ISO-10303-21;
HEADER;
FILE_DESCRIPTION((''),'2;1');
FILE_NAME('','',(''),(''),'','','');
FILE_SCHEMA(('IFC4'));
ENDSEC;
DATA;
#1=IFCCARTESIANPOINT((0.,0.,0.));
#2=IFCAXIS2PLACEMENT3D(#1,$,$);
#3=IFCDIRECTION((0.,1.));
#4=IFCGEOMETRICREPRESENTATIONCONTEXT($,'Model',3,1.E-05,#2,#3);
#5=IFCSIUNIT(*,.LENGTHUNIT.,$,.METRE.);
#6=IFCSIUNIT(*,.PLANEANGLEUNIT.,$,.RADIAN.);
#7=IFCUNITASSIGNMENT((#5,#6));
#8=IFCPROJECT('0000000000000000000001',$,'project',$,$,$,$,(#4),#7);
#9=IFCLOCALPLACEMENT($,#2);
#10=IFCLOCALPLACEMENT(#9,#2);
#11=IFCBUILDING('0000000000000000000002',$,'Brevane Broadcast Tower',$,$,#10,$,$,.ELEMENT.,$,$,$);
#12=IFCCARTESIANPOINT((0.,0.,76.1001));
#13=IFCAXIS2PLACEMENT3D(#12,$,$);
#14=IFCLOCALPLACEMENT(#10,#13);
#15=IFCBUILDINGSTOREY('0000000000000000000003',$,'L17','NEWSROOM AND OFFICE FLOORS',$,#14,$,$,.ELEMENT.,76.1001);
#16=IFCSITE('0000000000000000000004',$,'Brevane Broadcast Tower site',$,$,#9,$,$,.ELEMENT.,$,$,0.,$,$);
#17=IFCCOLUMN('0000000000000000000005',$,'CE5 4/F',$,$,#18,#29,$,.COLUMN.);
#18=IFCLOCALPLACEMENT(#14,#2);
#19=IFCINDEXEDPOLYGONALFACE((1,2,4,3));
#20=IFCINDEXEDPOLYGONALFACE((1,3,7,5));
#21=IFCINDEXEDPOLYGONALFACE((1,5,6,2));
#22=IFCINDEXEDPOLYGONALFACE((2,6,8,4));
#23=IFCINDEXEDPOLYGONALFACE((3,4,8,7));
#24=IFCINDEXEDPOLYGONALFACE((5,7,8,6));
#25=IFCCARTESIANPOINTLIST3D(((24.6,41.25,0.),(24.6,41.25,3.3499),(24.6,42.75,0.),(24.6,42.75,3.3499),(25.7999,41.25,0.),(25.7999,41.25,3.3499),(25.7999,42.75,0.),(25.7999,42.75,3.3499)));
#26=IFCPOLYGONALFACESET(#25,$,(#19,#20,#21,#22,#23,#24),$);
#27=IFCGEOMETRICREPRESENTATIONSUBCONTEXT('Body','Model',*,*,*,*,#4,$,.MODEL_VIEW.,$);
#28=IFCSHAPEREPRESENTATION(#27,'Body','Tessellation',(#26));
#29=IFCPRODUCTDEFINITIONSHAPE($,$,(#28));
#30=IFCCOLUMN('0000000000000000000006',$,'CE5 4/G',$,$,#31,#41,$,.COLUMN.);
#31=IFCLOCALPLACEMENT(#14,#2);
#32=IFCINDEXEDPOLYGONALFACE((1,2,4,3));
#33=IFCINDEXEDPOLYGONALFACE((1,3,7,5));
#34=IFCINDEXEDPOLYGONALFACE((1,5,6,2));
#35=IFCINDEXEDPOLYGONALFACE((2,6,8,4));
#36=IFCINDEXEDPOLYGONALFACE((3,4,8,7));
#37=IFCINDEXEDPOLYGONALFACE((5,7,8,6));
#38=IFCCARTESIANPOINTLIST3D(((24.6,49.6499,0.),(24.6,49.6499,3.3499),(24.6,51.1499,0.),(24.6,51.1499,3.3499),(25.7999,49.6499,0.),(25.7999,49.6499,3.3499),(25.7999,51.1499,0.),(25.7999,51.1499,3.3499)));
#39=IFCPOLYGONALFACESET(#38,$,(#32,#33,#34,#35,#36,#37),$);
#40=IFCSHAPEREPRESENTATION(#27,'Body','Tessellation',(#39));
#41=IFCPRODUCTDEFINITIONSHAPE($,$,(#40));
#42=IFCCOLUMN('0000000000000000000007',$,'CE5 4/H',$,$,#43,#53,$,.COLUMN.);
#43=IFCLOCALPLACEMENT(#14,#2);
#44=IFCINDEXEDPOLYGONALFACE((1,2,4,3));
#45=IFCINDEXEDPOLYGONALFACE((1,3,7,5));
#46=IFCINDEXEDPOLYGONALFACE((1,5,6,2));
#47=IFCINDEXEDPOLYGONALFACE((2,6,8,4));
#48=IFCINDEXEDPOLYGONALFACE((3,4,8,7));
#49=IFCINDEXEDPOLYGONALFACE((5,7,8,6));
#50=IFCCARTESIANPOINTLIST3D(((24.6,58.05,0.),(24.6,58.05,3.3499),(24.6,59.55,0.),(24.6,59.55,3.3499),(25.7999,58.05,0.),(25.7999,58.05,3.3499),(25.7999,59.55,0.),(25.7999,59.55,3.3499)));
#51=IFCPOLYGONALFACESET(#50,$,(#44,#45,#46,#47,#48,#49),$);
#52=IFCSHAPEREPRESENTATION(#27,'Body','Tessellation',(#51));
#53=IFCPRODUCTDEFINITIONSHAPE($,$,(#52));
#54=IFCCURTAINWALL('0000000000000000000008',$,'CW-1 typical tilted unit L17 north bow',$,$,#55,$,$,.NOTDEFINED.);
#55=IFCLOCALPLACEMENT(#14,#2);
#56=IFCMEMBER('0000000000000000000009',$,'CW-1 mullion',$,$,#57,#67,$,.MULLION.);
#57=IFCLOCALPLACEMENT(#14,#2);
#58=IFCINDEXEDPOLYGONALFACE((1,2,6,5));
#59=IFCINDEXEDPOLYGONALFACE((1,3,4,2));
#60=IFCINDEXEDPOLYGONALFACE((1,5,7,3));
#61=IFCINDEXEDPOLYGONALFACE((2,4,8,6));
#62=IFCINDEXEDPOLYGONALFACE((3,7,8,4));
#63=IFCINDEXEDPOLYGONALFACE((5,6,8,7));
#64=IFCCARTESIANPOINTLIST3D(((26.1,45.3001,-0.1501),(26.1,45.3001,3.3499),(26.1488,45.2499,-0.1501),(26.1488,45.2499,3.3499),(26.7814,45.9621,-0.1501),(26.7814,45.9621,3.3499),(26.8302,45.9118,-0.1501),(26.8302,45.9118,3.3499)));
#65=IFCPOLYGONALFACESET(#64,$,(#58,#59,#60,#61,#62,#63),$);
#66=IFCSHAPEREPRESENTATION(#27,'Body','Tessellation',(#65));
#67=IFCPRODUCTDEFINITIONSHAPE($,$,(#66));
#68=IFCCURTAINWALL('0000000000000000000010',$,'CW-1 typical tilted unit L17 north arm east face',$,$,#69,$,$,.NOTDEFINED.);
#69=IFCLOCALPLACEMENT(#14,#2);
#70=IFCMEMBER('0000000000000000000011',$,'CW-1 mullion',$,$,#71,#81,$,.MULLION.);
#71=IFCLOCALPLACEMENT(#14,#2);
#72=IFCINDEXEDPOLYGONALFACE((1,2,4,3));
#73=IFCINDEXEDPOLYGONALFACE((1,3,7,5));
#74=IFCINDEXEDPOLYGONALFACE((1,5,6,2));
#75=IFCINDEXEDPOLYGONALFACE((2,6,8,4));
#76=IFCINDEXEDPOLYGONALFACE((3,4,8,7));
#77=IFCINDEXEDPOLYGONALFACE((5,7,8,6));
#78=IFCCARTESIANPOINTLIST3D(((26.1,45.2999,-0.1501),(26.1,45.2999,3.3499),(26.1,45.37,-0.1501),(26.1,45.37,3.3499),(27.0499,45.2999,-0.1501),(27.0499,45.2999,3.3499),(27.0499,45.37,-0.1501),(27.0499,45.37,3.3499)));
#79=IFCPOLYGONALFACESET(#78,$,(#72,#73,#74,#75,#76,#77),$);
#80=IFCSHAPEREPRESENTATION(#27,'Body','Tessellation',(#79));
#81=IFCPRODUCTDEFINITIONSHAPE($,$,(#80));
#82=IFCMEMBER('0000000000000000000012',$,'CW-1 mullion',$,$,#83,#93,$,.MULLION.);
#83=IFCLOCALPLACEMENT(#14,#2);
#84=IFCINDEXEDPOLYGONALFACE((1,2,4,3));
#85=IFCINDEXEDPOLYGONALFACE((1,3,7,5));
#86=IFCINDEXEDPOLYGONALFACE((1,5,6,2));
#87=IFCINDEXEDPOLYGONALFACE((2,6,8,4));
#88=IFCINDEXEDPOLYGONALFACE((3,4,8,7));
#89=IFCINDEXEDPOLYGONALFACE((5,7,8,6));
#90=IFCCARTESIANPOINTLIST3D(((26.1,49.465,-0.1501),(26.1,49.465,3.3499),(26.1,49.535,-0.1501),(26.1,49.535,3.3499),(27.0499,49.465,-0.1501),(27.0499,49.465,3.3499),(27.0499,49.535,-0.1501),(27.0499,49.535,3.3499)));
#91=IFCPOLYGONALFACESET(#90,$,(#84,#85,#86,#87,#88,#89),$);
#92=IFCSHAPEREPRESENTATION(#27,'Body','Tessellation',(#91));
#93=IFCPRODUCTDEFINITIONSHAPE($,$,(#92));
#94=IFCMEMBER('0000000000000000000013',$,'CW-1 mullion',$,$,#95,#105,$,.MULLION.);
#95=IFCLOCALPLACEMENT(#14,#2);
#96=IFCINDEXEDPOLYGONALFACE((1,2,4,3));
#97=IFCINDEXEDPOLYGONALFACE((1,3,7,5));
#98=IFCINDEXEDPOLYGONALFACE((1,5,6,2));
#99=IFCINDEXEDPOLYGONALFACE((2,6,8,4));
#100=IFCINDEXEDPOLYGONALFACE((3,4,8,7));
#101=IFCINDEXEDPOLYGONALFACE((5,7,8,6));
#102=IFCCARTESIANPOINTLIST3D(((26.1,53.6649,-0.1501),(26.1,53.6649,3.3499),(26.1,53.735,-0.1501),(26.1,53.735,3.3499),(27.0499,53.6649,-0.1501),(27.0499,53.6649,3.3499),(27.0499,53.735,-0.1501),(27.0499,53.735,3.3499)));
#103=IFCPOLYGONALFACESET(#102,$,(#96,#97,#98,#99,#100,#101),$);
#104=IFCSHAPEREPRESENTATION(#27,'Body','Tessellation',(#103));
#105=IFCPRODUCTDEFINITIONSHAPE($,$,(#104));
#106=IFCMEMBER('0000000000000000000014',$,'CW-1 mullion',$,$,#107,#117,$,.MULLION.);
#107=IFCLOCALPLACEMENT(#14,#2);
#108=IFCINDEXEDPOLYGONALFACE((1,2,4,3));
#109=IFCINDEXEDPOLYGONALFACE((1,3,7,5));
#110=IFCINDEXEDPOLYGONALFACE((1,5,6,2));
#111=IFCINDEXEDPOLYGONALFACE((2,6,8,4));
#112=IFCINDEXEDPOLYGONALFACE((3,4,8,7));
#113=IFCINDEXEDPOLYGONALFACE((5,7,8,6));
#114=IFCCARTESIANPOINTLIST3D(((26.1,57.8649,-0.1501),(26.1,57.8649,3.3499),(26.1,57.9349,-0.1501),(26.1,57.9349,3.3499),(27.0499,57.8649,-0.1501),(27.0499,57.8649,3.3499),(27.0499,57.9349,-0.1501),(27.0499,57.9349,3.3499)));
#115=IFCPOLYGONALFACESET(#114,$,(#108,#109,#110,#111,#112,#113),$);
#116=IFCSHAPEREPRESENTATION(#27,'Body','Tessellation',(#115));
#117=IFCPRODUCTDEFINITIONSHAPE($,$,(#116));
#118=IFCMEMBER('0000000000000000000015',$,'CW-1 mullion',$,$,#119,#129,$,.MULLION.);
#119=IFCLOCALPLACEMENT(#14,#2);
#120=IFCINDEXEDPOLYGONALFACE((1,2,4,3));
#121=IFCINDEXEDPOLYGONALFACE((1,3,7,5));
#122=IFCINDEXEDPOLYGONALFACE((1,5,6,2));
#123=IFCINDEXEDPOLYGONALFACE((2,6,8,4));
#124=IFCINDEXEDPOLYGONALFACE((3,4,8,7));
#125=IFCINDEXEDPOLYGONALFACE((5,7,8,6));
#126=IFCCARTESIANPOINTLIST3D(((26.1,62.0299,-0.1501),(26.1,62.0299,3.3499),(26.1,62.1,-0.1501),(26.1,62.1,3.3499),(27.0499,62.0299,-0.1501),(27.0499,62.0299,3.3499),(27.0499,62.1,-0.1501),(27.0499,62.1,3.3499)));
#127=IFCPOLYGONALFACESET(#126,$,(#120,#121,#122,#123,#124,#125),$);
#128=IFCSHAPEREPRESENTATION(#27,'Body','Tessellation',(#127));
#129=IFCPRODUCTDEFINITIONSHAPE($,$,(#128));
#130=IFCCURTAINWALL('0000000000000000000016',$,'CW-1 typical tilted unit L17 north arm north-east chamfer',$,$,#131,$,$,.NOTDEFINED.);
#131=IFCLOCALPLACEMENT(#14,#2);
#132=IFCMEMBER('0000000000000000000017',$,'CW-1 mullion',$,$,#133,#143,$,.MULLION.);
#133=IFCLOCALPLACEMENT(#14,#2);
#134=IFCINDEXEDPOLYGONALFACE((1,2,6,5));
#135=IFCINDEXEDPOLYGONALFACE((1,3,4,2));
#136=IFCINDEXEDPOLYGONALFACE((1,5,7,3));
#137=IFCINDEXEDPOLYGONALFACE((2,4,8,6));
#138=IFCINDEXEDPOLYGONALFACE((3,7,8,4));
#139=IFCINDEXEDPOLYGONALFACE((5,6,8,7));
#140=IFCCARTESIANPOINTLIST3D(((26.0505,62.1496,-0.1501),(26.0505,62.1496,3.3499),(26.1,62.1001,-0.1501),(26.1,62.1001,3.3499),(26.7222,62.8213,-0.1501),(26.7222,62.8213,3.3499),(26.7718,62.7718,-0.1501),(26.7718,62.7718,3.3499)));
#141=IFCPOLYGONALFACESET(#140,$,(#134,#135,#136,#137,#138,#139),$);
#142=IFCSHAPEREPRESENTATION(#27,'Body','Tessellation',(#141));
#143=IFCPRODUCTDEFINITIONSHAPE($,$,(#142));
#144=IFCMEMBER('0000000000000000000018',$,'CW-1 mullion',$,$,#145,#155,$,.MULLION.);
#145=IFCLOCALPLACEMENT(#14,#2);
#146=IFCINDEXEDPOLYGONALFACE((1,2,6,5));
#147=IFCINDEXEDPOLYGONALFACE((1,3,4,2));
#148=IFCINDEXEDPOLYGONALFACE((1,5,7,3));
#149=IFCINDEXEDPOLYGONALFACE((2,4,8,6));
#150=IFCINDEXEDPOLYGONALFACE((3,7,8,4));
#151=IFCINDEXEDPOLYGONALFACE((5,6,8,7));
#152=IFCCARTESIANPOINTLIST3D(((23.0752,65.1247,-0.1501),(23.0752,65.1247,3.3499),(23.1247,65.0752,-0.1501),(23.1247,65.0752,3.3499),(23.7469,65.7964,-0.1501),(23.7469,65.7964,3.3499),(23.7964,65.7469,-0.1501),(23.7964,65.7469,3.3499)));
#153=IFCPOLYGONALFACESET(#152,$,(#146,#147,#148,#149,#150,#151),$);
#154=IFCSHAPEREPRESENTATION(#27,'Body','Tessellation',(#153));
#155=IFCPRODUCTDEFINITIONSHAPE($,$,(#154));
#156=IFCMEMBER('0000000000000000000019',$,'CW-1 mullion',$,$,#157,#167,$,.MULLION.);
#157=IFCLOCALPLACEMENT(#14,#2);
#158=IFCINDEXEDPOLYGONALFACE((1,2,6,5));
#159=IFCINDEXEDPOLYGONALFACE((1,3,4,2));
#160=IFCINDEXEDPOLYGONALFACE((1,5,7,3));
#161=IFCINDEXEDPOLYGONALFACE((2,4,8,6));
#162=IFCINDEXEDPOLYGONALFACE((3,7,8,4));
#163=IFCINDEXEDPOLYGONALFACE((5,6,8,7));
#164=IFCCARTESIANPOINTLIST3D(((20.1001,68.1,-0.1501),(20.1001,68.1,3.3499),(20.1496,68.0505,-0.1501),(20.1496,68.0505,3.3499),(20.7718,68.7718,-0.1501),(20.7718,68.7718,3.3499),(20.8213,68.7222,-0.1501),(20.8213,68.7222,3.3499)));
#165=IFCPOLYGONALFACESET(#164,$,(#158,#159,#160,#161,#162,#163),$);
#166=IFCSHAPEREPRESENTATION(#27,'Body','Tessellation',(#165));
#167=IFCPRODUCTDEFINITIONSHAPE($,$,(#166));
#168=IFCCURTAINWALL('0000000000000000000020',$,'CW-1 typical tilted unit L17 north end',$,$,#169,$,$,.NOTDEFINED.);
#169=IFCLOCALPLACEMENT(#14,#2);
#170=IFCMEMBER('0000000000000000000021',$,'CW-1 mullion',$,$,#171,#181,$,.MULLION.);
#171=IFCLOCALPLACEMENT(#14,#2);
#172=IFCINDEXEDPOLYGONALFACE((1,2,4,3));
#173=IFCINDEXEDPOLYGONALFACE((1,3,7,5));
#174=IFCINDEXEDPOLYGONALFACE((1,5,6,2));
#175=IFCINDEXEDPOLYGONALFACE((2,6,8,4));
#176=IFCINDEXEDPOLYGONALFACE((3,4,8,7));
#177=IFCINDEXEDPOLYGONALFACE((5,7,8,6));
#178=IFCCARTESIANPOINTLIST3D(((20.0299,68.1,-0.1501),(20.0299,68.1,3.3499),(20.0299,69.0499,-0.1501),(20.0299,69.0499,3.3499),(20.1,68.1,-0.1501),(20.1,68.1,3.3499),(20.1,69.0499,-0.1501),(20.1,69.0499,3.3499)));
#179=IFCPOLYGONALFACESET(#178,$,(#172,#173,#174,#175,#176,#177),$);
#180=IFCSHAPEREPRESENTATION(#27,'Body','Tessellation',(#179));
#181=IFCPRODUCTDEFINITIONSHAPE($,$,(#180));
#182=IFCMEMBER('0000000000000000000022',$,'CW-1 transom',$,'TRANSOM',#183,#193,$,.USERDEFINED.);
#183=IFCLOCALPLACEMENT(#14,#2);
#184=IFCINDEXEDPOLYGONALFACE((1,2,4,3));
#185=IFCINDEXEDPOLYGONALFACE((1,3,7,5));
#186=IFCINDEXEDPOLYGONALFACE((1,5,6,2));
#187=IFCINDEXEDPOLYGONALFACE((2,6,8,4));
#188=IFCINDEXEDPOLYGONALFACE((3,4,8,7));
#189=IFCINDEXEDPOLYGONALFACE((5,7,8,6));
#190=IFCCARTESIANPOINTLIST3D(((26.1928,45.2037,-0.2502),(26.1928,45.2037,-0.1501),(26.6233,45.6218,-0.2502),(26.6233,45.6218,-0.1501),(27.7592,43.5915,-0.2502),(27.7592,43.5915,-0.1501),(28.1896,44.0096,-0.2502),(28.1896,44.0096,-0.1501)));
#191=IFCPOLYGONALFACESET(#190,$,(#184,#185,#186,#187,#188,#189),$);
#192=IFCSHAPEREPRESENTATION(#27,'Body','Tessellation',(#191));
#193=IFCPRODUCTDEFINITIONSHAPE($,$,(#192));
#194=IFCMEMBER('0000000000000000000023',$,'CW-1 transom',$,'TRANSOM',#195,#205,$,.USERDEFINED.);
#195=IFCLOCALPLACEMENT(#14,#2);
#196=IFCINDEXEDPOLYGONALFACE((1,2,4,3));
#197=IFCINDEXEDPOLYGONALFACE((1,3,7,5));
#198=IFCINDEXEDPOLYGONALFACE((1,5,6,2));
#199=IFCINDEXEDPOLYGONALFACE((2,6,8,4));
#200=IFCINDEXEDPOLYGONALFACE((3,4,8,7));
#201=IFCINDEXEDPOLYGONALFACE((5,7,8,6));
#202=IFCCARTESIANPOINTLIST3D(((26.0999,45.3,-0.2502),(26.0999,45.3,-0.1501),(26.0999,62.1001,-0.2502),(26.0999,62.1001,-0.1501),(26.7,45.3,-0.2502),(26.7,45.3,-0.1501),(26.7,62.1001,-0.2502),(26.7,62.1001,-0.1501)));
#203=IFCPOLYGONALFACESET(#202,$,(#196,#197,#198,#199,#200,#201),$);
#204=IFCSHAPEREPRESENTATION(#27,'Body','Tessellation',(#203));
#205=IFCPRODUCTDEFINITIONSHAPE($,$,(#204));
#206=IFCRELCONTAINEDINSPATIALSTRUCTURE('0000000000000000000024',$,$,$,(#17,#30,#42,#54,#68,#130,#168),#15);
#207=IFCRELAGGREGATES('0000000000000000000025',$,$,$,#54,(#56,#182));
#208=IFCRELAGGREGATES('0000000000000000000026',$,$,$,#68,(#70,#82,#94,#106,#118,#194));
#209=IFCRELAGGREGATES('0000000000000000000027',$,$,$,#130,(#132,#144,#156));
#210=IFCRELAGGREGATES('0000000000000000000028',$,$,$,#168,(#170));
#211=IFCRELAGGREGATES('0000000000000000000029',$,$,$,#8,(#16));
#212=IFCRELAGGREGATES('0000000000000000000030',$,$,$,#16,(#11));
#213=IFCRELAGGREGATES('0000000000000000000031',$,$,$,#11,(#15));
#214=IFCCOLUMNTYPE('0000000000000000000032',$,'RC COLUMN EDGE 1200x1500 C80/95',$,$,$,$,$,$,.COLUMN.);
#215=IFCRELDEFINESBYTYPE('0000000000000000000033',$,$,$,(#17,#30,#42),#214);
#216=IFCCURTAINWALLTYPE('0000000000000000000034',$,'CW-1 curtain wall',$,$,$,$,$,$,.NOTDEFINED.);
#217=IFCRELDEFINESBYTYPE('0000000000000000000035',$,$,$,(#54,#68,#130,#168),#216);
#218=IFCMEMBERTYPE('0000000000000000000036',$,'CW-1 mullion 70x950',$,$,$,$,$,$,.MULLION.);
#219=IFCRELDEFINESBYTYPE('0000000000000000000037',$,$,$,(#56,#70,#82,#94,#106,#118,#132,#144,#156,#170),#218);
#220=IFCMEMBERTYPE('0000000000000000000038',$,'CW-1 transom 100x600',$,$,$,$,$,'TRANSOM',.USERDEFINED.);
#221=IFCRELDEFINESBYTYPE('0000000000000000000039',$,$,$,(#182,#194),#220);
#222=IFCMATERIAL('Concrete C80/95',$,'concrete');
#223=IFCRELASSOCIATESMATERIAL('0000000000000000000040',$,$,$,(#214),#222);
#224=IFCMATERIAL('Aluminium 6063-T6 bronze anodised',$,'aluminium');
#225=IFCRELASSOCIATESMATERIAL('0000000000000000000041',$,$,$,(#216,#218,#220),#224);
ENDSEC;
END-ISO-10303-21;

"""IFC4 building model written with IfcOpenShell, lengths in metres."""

from ifc_helpers import new_model, si_unit, direction, frame, origin, origin_2d, place, context, subcontext, project, spatial, rectangle, extrude, material, material_profile, profile_set, type_object, element, aggregate, save


model = new_model("IFC4")

# Units and contexts
model_context = context("Model", 3, precision=1e-05, world=origin(), true_north=direction((0.0, 1.0)))
body_context = subcontext(model_context, "Body", "Model", "MODEL_VIEW")
ifc_project = project(units=[si_unit("LENGTHUNIT", "METRE"), si_unit("PLANEANGLEUNIT", "RADIAN")], contexts=[model_context])

# Site, building, storey
site_placement = place(None, origin())
site = spatial("IfcSite", under=ifc_project, at=site_placement, Name="Brevane Broadcast Tower site", CompositionType="ELEMENT", RefElevation=0.0)
building_placement = place(site_placement, origin())
building = spatial("IfcBuilding", under=site, at=building_placement, Name="Brevane Broadcast Tower", CompositionType="ELEMENT")
storey_placement = place(building_placement, frame((0.0, 0.0, 76.1001)))
storey = spatial("IfcBuildingStorey", under=building, at=storey_placement, Name="L17", Description="NEWSROOM AND OFFICE FLOORS", CompositionType="ELEMENT", Elevation=76.1001)

# Columns
ifc_material_1 = material(Name="Concrete C80/95", Category="concrete")
ifc_material_profile_1 = material_profile(ifc_material_1, rectangle(XDim=1.2, YDim=1.5, at=origin_2d()), Name="RC 1200x1500")
ifc_profile_set_1 = profile_set([ifc_material_profile_1], Name="Concrete C80/95")
column_type = type_object("IfcColumnType", Name="RC COLUMN EDGE 1200x1500 C80/95", PredefinedType="COLUMN", material=ifc_profile_set_1)
for number, where, z_axis, x_axis, name in (
    (1, (25.2, 42.0, 0.0), (0.0, 0.0, 1.0), (1.0, 0.0, 0.0), "CE5 4/F"),
    (2, (25.2, 50.3999, 0.0), (0.0, 0.0, 1.0), (1.0, 0.0, 0.0), "CE5 4/G"),
    (3, (25.2, 58.8, 0.0), (0.0, 0.0, 1.0), (1.0, 0.0, 0.0), "CE5 4/H"),
):
    element("IfcColumn", number, at=place(storey_placement, frame(where, z_axis=z_axis, x_axis=x_axis)), inside=storey, type_object=column_type, Name=name, PredefinedType="COLUMN", context=body_context, shape_type="SweptSolid", body=[
        extrude(rectangle(XDim=1.2, YDim=1.5, at=origin_2d()), origin(), (0.0, 0.0, 1.0), 3.3499),
    ])

# Curtain wall, member
ifc_material_2 = material(Name="Aluminium 6063-T6 bronze anodised", Category="aluminium")
curtain_wall_type = type_object("IfcCurtainWallType", Name="CW-1 curtain wall", PredefinedType="NOTDEFINED", material=ifc_material_2)
curtain_wall_1_placement = place(storey_placement, origin())
curtain_wall_1 = element("IfcCurtainWall", 4, at=curtain_wall_1_placement, inside=storey, type_object=curtain_wall_type, Name="CW-1 typical tilted unit L17 north bow", PredefinedType="NOTDEFINED")
ifc_material_profile_2 = material_profile(ifc_material_2, rectangle(XDim=0.95, YDim=0.0701, at=origin_2d()), Name="RECT 70x950")
ifc_profile_set_2 = profile_set([ifc_material_profile_2], Name="Aluminium 6063-T6 bronze anodised")
member_type_1 = type_object("IfcMemberType", Name="CW-1 mullion 70x950", PredefinedType="MULLION", material=ifc_profile_set_2)
member_1_placement = place(storey_placement, frame((26.4651, 45.606, -0.1501), z_axis=(0.0, 0.0, 1.0), x_axis=(-0.717254, -0.696812, 0.0)))
member_1 = element("IfcMember", 5, at=member_1_placement, type_object=member_type_1, Name="CW-1 mullion", PredefinedType="MULLION", context=body_context, shape_type="SweptSolid", body=[
    extrude(rectangle(XDim=0.95, YDim=0.0701, at=origin_2d()), origin(), (0.0, 0.0, 1.0), 3.5),
])

# Curtain walls, members
curtain_wall_2_placement = place(storey_placement, origin())
curtain_wall_2 = element("IfcCurtainWall", 6, at=curtain_wall_2_placement, inside=storey, type_object=curtain_wall_type, Name="CW-1 typical tilted unit L17 north arm east face", PredefinedType="NOTDEFINED")
member_2_placement = place(storey_placement, frame((26.575, 45.335, -0.1501), z_axis=(0.0, 0.0, 1.0), x_axis=(-1.0, 0.0, 0.0)))
member_2 = element("IfcMember", 7, at=member_2_placement, type_object=member_type_1, Name="CW-1 mullion", PredefinedType="MULLION", context=body_context, shape_type="SweptSolid", body=[
    extrude(rectangle(XDim=0.95, YDim=0.0701, at=origin_2d()), origin(), (0.0, 0.0, 1.0), 3.5),
])
member_3_placement = place(storey_placement, frame((26.575, 49.5, -0.1501), z_axis=(0.0, 0.0, 1.0), x_axis=(-1.0, 0.0, 0.0)))
member_3 = element("IfcMember", 8, at=member_3_placement, type_object=member_type_1, Name="CW-1 mullion", PredefinedType="MULLION", context=body_context, shape_type="SweptSolid", body=[
    extrude(rectangle(XDim=0.95, YDim=0.0701, at=origin_2d()), origin(), (0.0, 0.0, 1.0), 3.5),
])
member_4_placement = place(storey_placement, frame((26.575, 53.7, -0.1501), z_axis=(0.0, 0.0, 1.0), x_axis=(-1.0, 0.0, 0.0)))
member_4 = element("IfcMember", 9, at=member_4_placement, type_object=member_type_1, Name="CW-1 mullion", PredefinedType="MULLION", context=body_context, shape_type="SweptSolid", body=[
    extrude(rectangle(XDim=0.95, YDim=0.0701, at=origin_2d()), origin(), (0.0, 0.0, 1.0), 3.5),
])
member_5_placement = place(storey_placement, frame((26.575, 57.8999, -0.1501), z_axis=(0.0, 0.0, 1.0), x_axis=(-1.0, 0.0, 0.0)))
member_5 = element("IfcMember", 10, at=member_5_placement, type_object=member_type_1, Name="CW-1 mullion", PredefinedType="MULLION", context=body_context, shape_type="SweptSolid", body=[
    extrude(rectangle(XDim=0.95, YDim=0.0701, at=origin_2d()), origin(), (0.0, 0.0, 1.0), 3.5),
])
member_6_placement = place(storey_placement, frame((26.575, 62.0649, -0.1501), z_axis=(0.0, 0.0, 1.0), x_axis=(-1.0, 0.0, 0.0)))
member_6 = element("IfcMember", 11, at=member_6_placement, type_object=member_type_1, Name="CW-1 mullion", PredefinedType="MULLION", context=body_context, shape_type="SweptSolid", body=[
    extrude(rectangle(XDim=0.95, YDim=0.0701, at=origin_2d()), origin(), (0.0, 0.0, 1.0), 3.5),
])
curtain_wall_3_placement = place(storey_placement, origin())
curtain_wall_3 = element("IfcCurtainWall", 12, at=curtain_wall_3_placement, inside=storey, type_object=curtain_wall_type, Name="CW-1 typical tilted unit L17 north arm north-east chamfer", PredefinedType="NOTDEFINED")
member_7_placement = place(storey_placement, frame((26.4111, 62.4607, -0.1501), z_axis=(0.0, 0.0, 1.0), x_axis=(-0.707107, -0.707107, 0.0)))
member_7 = element("IfcMember", 13, at=member_7_placement, type_object=member_type_1, Name="CW-1 mullion", PredefinedType="MULLION", context=body_context, shape_type="SweptSolid", body=[
    extrude(rectangle(XDim=0.95, YDim=0.0701, at=origin_2d()), origin(), (0.0, 0.0, 1.0), 3.5),
])
member_8_placement = place(storey_placement, frame((23.4358, 65.4358, -0.1501), z_axis=(0.0, 0.0, 1.0), x_axis=(-0.707107, -0.707107, 0.0)))
member_8 = element("IfcMember", 14, at=member_8_placement, type_object=member_type_1, Name="CW-1 mullion", PredefinedType="MULLION", context=body_context, shape_type="SweptSolid", body=[
    extrude(rectangle(XDim=0.95, YDim=0.0701, at=origin_2d()), origin(), (0.0, 0.0, 1.0), 3.5),
])
member_9_placement = place(storey_placement, frame((20.4607, 68.4111, -0.1501), z_axis=(0.0, 0.0, 1.0), x_axis=(-0.707107, -0.707107, 0.0)))
member_9 = element("IfcMember", 15, at=member_9_placement, type_object=member_type_1, Name="CW-1 mullion", PredefinedType="MULLION", context=body_context, shape_type="SweptSolid", body=[
    extrude(rectangle(XDim=0.95, YDim=0.0701, at=origin_2d()), origin(), (0.0, 0.0, 1.0), 3.5),
])

# Curtain wall, member
curtain_wall_4_placement = place(storey_placement, origin())
curtain_wall_4 = element("IfcCurtainWall", 16, at=curtain_wall_4_placement, inside=storey, type_object=curtain_wall_type, Name="CW-1 typical tilted unit L17 north end", PredefinedType="NOTDEFINED")
member_10_placement = place(storey_placement, frame((20.0649, 68.575, -0.1501), z_axis=(0.0, 0.0, 1.0), x_axis=(0.0, -1.0, 0.0)))
member_10 = element("IfcMember", 17, at=member_10_placement, type_object=member_type_1, Name="CW-1 mullion", PredefinedType="MULLION", context=body_context, shape_type="SweptSolid", body=[
    extrude(rectangle(XDim=0.95, YDim=0.0701, at=origin_2d()), origin(), (0.0, 0.0, 1.0), 3.5),
])

# Members
ifc_material_profile_3 = material_profile(ifc_material_2, rectangle(XDim=0.6001, YDim=0.1001, at=origin_2d()), Name="RECT 100x600")
ifc_profile_set_3 = profile_set([ifc_material_profile_3], Name="Aluminium 6063-T6 bronze anodised")
member_type_2 = type_object("IfcMemberType", Name="CW-1 transom 100x600", ElementType="TRANSOM", PredefinedType="USERDEFINED", material=ifc_profile_set_3)
member_11_placement = place(storey_placement, frame((27.9744, 43.8005, -0.2002), z_axis=(-0.696824, 0.717242, 0.0), x_axis=(-0.717242, -0.696824, 0.0)))
member_11 = element("IfcMember", 18, at=member_11_placement, type_object=member_type_2, Name="CW-1 transom", ObjectType="TRANSOM", PredefinedType="USERDEFINED", context=body_context, shape_type="SweptSolid", body=[
    extrude(rectangle(XDim=0.6001, YDim=0.1001, at=origin_2d()), origin(), (0.0, 0.0, 1.0), 2.2478),
])
aggregate(curtain_wall_1, [member_1, member_11])
member_12_placement = place(storey_placement, frame((26.3999, 45.3, -0.2002), z_axis=(0.0, 1.0, 0.0), x_axis=(-1.0, 0.0, 0.0)))
member_12 = element("IfcMember", 19, at=member_12_placement, type_object=member_type_2, Name="CW-1 transom", ObjectType="TRANSOM", PredefinedType="USERDEFINED", context=body_context, shape_type="SweptSolid", body=[
    extrude(rectangle(XDim=0.6001, YDim=0.1001, at=origin_2d()), origin(), (0.0, 0.0, 1.0), 16.8),
])
aggregate(curtain_wall_2, [member_2, member_3, member_4, member_5, member_6, member_12])
aggregate(curtain_wall_3, [member_7, member_8, member_9])
aggregate(curtain_wall_4, [member_10])

save(model, "model.ifc")
